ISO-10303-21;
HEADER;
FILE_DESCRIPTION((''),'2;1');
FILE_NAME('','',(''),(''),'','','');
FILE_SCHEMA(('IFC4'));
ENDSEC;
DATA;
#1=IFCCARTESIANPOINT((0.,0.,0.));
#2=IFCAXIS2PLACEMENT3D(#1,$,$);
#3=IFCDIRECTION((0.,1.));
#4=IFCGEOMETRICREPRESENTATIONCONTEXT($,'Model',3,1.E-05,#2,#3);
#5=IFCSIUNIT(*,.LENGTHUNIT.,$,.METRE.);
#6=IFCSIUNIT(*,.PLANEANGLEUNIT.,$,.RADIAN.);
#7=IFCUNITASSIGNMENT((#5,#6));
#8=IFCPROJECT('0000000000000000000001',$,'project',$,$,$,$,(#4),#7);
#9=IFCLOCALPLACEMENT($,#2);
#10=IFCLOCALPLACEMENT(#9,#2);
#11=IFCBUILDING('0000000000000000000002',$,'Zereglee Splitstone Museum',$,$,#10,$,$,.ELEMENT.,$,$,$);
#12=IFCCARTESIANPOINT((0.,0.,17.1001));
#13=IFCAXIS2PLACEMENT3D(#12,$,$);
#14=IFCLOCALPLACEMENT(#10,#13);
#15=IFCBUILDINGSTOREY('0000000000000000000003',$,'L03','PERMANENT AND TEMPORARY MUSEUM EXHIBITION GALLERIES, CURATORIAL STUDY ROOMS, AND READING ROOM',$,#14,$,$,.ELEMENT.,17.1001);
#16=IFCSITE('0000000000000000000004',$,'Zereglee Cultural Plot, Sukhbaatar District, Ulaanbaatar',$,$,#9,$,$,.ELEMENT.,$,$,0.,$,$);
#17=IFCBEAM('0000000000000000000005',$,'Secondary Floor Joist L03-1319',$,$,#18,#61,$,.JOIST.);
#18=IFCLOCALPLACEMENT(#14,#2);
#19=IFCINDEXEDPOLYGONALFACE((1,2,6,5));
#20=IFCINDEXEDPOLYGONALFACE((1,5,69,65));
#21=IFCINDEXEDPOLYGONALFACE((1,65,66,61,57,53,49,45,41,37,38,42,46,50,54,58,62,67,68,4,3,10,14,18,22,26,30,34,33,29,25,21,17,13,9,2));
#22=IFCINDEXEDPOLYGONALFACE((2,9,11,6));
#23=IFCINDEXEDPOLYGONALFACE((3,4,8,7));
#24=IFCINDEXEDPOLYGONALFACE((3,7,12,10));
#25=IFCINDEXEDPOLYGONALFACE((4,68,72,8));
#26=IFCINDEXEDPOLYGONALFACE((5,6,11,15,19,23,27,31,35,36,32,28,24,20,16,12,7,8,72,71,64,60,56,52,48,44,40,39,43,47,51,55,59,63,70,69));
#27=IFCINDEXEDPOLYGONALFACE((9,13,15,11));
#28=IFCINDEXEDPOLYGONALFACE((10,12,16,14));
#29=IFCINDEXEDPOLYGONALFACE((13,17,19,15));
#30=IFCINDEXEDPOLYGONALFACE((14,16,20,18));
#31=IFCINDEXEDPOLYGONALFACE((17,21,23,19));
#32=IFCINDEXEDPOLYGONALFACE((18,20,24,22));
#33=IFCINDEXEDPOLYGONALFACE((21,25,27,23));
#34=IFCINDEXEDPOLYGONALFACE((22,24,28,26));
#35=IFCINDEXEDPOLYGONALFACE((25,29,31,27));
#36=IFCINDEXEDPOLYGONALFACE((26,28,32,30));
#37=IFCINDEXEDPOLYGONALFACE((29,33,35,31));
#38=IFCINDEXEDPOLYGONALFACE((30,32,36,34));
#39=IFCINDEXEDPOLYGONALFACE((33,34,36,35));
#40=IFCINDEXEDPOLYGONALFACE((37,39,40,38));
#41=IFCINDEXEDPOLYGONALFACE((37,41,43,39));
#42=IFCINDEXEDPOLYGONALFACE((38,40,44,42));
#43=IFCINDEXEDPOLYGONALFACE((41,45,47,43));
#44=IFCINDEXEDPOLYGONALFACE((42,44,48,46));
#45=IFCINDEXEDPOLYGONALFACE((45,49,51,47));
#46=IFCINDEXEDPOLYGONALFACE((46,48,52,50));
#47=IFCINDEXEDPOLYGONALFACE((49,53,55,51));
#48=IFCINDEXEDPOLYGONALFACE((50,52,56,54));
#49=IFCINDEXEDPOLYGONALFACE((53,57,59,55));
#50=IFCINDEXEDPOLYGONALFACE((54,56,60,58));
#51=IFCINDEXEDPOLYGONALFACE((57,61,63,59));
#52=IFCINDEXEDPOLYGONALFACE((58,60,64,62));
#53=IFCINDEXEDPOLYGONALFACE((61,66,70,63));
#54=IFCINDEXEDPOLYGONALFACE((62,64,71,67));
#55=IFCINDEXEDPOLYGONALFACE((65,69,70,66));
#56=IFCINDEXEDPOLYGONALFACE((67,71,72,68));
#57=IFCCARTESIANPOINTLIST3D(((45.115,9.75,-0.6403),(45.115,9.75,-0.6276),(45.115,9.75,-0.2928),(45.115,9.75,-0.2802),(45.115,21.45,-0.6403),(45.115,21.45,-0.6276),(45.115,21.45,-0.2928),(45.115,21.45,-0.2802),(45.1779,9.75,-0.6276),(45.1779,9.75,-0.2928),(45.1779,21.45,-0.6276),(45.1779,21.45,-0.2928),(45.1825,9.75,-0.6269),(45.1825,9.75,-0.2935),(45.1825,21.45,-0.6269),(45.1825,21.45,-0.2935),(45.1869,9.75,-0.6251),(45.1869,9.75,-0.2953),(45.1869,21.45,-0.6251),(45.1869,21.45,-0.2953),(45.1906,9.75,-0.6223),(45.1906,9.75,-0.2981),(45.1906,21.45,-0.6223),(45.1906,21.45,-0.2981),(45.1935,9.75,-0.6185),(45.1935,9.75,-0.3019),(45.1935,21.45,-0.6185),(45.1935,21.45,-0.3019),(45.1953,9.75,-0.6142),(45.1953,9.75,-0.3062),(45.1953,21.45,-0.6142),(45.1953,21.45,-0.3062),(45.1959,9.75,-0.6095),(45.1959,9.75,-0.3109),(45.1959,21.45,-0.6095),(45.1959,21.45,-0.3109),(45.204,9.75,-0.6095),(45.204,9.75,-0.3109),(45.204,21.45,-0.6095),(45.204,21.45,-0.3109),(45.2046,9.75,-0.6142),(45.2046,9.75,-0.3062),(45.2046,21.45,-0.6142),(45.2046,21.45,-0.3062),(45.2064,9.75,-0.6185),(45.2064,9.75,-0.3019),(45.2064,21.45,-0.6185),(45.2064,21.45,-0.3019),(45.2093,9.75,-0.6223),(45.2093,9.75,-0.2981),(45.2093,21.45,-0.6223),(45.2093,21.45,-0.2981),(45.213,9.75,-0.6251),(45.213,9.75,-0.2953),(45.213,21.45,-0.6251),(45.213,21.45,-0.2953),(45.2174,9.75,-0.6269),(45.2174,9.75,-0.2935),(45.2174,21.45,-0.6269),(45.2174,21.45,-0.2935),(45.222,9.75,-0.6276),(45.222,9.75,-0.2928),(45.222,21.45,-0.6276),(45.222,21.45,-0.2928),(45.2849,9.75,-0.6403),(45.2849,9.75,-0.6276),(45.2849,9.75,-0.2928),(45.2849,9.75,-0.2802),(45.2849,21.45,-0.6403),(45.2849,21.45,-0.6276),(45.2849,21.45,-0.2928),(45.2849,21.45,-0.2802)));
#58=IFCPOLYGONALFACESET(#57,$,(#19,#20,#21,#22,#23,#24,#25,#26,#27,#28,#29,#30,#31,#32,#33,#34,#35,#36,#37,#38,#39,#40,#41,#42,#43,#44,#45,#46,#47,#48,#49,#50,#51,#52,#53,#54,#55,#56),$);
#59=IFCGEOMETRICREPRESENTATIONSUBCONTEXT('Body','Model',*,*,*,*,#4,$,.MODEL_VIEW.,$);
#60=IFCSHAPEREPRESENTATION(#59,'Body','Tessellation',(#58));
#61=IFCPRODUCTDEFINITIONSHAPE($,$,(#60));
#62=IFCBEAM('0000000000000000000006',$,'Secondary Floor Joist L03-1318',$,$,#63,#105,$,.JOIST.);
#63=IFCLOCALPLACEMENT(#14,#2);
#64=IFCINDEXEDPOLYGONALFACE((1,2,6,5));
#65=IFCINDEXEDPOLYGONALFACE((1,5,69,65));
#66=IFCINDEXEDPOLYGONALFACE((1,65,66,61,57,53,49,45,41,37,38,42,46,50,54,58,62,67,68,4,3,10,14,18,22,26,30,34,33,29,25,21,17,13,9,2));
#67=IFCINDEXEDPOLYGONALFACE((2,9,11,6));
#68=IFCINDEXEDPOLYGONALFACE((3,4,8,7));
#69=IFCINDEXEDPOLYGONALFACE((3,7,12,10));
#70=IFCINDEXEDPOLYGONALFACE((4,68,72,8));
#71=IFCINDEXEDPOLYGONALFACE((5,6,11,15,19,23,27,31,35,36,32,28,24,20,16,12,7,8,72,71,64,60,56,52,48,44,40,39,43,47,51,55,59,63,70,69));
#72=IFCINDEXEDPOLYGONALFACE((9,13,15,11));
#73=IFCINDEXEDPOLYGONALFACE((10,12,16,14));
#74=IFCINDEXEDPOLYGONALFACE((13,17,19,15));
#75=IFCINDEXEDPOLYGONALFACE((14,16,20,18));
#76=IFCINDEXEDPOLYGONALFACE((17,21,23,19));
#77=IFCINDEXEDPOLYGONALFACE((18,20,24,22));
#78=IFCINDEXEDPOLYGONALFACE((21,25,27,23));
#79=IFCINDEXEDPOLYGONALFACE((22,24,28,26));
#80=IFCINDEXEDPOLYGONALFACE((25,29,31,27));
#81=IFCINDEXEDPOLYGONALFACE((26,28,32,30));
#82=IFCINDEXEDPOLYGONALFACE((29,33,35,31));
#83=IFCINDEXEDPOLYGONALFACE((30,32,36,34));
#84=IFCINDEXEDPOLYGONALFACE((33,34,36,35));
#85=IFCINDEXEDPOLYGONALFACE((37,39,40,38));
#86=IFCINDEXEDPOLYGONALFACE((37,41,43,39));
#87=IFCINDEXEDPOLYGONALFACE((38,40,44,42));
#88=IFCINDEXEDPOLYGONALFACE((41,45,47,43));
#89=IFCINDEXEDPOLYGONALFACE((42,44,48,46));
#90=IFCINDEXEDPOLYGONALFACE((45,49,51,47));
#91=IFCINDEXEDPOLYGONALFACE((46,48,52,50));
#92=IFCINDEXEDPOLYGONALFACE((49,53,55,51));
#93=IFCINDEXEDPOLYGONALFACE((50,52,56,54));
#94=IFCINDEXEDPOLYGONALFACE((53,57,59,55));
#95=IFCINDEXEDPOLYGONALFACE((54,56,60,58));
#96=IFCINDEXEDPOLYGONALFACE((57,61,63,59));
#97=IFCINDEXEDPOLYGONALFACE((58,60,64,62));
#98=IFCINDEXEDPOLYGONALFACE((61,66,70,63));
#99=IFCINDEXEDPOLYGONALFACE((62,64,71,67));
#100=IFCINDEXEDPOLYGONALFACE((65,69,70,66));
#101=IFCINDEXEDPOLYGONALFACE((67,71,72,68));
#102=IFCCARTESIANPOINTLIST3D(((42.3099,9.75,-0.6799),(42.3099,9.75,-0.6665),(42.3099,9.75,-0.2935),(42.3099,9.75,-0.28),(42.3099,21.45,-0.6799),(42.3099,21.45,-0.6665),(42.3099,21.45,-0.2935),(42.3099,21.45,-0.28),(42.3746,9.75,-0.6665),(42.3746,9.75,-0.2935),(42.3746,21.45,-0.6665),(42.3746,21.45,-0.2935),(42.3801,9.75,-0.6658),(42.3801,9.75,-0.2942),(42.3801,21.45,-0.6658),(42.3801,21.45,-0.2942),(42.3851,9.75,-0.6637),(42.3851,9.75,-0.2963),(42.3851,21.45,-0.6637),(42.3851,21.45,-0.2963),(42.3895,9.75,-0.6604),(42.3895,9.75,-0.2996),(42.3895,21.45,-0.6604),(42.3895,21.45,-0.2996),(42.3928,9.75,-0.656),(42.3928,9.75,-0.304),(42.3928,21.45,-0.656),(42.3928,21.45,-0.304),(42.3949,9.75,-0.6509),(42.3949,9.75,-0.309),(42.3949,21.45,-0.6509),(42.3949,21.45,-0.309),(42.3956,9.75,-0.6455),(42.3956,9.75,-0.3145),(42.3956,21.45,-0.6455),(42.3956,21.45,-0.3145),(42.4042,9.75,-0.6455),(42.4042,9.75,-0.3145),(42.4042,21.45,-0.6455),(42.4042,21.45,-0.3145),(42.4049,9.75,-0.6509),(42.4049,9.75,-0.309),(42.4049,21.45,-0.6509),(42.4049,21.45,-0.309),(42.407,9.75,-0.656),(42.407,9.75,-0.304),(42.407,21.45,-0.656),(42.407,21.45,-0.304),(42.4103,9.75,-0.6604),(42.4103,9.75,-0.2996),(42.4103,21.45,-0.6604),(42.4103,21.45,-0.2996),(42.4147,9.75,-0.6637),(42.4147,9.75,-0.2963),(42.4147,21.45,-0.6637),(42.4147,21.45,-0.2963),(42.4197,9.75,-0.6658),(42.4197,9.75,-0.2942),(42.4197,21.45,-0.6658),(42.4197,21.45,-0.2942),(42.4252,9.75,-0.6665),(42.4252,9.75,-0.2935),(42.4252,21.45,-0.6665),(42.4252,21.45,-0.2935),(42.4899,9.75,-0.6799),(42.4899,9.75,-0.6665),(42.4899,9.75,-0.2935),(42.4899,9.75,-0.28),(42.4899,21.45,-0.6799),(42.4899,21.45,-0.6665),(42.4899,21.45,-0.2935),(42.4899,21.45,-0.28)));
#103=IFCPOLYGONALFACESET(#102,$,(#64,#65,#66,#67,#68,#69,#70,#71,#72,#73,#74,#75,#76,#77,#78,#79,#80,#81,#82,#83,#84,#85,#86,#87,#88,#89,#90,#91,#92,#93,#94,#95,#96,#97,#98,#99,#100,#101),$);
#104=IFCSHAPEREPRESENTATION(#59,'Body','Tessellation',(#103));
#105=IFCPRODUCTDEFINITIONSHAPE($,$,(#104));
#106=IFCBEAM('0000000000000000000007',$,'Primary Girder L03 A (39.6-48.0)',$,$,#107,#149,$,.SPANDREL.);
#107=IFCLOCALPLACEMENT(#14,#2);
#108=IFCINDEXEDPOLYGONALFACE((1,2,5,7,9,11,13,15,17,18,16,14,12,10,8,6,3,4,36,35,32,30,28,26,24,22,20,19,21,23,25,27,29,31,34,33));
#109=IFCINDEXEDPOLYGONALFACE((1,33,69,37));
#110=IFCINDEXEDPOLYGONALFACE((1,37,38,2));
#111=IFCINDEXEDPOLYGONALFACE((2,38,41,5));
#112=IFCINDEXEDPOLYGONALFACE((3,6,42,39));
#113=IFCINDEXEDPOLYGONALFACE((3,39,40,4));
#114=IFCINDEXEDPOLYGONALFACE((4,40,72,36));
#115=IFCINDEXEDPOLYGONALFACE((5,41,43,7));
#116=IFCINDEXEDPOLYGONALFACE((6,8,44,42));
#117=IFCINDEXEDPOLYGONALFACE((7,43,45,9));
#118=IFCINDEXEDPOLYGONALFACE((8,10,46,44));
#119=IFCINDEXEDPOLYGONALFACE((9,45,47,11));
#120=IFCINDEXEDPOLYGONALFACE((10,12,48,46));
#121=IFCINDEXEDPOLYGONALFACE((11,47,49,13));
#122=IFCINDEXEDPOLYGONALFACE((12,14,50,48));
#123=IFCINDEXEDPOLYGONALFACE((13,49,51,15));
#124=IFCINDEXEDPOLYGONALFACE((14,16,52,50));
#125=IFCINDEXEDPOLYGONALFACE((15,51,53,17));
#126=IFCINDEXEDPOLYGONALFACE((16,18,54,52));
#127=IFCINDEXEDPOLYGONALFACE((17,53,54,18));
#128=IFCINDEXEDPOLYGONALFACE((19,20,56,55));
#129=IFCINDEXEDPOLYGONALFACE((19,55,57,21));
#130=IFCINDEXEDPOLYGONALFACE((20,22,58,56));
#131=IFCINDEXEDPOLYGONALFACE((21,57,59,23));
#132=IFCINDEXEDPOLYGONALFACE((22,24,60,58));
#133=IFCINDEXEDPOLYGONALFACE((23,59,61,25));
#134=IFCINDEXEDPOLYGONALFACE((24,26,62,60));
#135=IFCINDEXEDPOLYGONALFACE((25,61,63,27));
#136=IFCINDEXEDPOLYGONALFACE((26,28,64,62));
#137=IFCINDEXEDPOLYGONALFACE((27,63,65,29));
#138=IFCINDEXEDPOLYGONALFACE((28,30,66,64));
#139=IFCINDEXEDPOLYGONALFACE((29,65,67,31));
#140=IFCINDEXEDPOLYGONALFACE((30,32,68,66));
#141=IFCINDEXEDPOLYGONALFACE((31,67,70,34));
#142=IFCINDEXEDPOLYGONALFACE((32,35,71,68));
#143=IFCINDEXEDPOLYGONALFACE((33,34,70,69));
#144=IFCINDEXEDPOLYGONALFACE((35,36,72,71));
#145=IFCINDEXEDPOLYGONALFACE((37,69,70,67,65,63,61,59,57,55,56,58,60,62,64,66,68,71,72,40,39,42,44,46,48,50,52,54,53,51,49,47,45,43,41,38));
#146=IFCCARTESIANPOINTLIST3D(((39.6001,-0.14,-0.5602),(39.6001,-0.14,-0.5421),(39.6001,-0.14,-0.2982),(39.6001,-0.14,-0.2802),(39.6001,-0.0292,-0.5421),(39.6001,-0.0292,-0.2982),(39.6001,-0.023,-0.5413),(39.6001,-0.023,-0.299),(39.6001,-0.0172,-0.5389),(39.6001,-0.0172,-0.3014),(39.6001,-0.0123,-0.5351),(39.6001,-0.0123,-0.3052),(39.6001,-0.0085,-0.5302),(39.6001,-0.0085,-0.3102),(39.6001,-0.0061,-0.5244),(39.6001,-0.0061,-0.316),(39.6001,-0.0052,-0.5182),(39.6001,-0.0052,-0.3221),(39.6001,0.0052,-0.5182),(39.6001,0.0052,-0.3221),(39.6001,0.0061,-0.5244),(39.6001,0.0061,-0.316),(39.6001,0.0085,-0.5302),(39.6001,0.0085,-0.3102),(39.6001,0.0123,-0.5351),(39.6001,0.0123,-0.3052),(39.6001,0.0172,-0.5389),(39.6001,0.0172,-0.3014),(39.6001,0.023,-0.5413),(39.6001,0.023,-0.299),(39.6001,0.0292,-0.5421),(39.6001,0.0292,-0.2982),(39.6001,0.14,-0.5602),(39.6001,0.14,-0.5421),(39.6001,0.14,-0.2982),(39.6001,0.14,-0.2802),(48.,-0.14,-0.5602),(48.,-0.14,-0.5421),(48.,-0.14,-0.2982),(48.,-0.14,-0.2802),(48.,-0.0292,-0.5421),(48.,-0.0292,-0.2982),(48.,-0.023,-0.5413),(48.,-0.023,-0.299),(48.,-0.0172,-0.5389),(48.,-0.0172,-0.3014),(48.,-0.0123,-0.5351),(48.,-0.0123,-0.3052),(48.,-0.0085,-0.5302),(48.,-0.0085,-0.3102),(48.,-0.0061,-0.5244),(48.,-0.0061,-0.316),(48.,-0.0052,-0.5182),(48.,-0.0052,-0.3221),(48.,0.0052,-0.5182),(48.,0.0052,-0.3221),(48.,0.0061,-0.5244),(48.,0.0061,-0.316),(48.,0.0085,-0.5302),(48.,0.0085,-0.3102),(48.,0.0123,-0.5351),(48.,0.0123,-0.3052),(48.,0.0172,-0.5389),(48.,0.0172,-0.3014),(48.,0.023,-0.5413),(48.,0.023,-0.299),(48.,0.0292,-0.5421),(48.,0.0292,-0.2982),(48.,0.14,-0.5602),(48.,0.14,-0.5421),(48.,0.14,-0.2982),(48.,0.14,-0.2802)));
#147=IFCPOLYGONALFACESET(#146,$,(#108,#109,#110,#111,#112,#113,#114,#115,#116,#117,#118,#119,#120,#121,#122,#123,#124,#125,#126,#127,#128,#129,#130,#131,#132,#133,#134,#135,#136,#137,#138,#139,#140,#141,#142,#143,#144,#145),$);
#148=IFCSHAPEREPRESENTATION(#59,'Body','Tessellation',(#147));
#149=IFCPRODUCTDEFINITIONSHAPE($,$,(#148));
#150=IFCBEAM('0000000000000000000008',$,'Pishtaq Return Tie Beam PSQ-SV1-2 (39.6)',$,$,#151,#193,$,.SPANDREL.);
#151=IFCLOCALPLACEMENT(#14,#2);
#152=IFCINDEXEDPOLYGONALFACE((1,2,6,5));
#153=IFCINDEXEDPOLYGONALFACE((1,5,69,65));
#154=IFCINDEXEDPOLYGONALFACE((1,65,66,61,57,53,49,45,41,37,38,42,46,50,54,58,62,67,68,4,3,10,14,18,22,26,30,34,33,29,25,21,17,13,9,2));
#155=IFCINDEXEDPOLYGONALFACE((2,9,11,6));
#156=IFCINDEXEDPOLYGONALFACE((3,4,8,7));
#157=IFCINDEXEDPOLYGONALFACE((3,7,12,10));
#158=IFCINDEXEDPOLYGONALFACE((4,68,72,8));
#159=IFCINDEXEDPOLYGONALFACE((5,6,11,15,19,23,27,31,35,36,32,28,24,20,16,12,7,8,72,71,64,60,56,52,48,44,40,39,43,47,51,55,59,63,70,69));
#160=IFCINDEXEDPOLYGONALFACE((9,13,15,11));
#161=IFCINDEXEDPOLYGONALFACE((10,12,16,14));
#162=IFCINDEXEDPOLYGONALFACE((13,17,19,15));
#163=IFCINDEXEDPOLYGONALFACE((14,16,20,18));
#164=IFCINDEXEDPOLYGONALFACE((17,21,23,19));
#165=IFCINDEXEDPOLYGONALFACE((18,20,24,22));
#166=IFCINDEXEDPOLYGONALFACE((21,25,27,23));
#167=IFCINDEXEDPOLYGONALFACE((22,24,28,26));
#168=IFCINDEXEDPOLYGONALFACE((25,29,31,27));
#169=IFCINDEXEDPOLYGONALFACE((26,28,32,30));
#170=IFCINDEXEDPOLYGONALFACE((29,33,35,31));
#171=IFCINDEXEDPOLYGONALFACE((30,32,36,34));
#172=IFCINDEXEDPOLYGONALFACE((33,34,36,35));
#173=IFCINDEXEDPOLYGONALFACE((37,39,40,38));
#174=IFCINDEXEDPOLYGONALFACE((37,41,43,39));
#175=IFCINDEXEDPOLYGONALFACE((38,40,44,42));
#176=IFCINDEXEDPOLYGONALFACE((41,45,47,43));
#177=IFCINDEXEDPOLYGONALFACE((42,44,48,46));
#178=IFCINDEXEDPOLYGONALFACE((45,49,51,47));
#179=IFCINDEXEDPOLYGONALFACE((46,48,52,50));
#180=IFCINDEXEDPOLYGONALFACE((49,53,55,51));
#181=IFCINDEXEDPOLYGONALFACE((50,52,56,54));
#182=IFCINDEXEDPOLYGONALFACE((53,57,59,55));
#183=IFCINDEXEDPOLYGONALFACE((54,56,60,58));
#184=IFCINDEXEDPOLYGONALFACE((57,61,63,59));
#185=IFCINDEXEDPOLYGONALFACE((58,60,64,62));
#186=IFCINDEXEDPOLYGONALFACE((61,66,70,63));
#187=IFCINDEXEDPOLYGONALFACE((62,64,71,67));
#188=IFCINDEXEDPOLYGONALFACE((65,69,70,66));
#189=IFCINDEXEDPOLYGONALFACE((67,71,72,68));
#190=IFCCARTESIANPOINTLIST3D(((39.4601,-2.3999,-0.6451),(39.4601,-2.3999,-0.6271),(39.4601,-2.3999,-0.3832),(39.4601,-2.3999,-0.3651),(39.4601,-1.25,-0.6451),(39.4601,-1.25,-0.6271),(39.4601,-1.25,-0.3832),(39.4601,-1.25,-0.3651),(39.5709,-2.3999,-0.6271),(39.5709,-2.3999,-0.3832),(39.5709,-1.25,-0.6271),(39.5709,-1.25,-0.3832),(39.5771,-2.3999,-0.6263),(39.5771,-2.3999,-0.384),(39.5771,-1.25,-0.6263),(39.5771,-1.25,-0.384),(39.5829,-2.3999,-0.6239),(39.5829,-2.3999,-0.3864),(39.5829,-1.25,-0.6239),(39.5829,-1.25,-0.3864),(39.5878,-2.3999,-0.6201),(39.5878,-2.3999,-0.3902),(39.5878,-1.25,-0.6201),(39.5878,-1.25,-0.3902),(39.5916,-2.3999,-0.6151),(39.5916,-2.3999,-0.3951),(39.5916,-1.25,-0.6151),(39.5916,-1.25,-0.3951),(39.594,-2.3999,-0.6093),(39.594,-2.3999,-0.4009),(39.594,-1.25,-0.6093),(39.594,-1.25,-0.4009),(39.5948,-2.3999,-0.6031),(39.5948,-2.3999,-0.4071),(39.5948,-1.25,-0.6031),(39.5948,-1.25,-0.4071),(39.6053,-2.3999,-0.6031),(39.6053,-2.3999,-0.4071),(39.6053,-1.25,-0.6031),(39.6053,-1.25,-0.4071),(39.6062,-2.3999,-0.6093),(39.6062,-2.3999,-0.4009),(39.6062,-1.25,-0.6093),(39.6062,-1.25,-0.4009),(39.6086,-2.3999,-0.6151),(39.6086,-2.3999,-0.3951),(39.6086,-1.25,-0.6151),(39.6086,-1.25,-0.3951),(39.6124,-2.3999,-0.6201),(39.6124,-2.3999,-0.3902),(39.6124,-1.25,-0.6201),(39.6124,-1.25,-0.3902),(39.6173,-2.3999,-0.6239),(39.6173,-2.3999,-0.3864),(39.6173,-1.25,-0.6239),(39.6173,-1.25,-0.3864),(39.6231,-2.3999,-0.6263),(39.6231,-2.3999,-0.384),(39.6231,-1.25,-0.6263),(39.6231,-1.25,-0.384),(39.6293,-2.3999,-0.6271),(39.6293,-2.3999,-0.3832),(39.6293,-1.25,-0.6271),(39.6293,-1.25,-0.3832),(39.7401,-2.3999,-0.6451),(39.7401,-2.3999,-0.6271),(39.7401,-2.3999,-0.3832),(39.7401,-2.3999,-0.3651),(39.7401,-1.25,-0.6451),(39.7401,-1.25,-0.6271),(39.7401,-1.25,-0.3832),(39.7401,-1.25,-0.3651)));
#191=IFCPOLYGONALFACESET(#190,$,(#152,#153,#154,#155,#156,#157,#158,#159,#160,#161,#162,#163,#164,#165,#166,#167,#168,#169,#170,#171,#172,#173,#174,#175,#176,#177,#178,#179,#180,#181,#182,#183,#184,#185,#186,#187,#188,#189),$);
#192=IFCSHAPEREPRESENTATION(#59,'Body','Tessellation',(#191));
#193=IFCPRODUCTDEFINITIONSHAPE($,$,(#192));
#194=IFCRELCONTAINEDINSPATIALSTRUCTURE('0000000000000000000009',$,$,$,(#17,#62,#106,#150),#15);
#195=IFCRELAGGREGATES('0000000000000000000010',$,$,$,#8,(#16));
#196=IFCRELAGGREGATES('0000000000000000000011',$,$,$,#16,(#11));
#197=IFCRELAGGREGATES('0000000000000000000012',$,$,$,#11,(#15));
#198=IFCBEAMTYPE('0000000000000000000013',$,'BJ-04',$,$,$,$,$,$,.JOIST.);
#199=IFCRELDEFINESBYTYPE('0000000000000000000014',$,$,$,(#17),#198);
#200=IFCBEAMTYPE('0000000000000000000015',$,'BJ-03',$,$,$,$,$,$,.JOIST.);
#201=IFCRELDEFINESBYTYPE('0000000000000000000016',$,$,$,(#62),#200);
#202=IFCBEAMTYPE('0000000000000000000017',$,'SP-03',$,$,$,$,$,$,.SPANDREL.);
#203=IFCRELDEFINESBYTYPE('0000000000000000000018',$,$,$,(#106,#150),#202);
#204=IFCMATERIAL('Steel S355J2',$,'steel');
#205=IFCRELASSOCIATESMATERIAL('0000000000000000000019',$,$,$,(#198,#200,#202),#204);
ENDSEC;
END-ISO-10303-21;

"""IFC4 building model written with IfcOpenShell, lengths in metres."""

from ifc_helpers import new_model, si_unit, direction, frame, origin, origin_2d, place, context, subcontext, project, spatial, i_section, extrude, material, material_profile, profile_set, type_object, element, save


model = new_model("IFC4")

# Units and contexts
model_context = context("Model", 3, precision=1e-05, world=origin(), true_north=direction((0.0, 1.0)))
body_context = subcontext(model_context, "Body", "Model", "MODEL_VIEW")
ifc_project = project(units=[si_unit("LENGTHUNIT", "METRE"), si_unit("PLANEANGLEUNIT", "RADIAN")], contexts=[model_context])

# Site, building, storey
site_placement = place(None, origin())
site = spatial("IfcSite", under=ifc_project, at=site_placement, Name="Zereglee Cultural Plot, Sukhbaatar District, Ulaanbaatar", CompositionType="ELEMENT", RefElevation=0.0)
building_placement = place(site_placement, origin())
building = spatial("IfcBuilding", under=site, at=building_placement, Name="Zereglee Splitstone Museum", CompositionType="ELEMENT")
storey_placement = place(building_placement, frame((0.0, 0.0, 17.1001)))
storey = spatial("IfcBuildingStorey", under=building, at=storey_placement, Name="L03", Description="PERMANENT AND TEMPORARY MUSEUM EXHIBITION GALLERIES, CURATORIAL STUDY ROOMS, AND READING ROOM", CompositionType="ELEMENT", Elevation=17.1001)

# Shared definitions
ifc_material_1 = material(Name="Steel S355J2", Category="steel")

# Beams
ifc_material_profile_1 = material_profile(ifc_material_1, i_section(OverallWidth=0.1699, OverallDepth=0.3601, WebThickness=0.0081, FlangeThickness=0.0127, FilletRadius=0.0181, at=origin_2d()), Name="IPE 360")
ifc_profile_set_1 = profile_set([ifc_material_profile_1], Name="Steel S355J2")
beam_type_1 = type_object("IfcBeamType", Name="BJ-04", PredefinedType="JOIST", material=ifc_profile_set_1)
beam_1_placement = place(storey_placement, frame((45.2, 9.75, -0.4602), z_axis=(0.0, 1.0, 0.0), x_axis=(-1.0, 0.0, 0.0)))
element("IfcBeam", 1, at=beam_1_placement, inside=storey, type_object=beam_type_1, Name="Secondary Floor Joist L03-1319", PredefinedType="JOIST", context=body_context, shape_type="SweptSolid", body=[
    extrude(i_section(OverallWidth=0.1699, OverallDepth=0.3601, WebThickness=0.0081, FlangeThickness=0.0127, FilletRadius=0.0181, at=origin_2d()), origin(), (0.0, 0.0, 1.0), 11.7),
])
ifc_material_profile_2 = material_profile(ifc_material_1, i_section(OverallWidth=0.1799, OverallDepth=0.3999, WebThickness=0.0085, FlangeThickness=0.0134, FilletRadius=0.021, at=origin_2d()), Name="IPE 400")
ifc_profile_set_2 = profile_set([ifc_material_profile_2], Name="Steel S355J2")
beam_type_2 = type_object("IfcBeamType", Name="BJ-03", PredefinedType="JOIST", material=ifc_profile_set_2)
beam_2_placement = place(storey_placement, frame((42.3999, 9.75, -0.48), z_axis=(0.0, 1.0, 0.0), x_axis=(-1.0, 0.0, 0.0)))
element("IfcBeam", 2, at=beam_2_placement, inside=storey, type_object=beam_type_2, Name="Secondary Floor Joist L03-1318", PredefinedType="JOIST", context=body_context, shape_type="SweptSolid", body=[
    extrude(i_section(OverallWidth=0.1799, OverallDepth=0.3999, WebThickness=0.0085, FlangeThickness=0.0134, FilletRadius=0.021, at=origin_2d()), origin(), (0.0, 0.0, 1.0), 11.7),
])
ifc_material_profile_3 = material_profile(ifc_material_1, i_section(OverallWidth=0.28, OverallDepth=0.28, WebThickness=0.0105, FlangeThickness=0.0181, FilletRadius=0.0239, at=origin_2d()), Name="HE 280 B")
ifc_profile_set_3 = profile_set([ifc_material_profile_3], Name="Steel S355J2")
beam_type_3 = type_object("IfcBeamType", Name="SP-03", PredefinedType="SPANDREL", material=ifc_profile_set_3)
beam_3_placement = place(storey_placement, frame((39.6001, 0.0, -0.4202), z_axis=(1.0, 0.0, 0.0), x_axis=(0.0, 1.0, 0.0)))
element("IfcBeam", 3, at=beam_3_placement, inside=storey, type_object=beam_type_3, Name="Primary Girder L03 A (39.6-48.0)", PredefinedType="SPANDREL", context=body_context, shape_type="SweptSolid", body=[
    extrude(i_section(OverallWidth=0.28, OverallDepth=0.28, WebThickness=0.0105, FlangeThickness=0.0181, FilletRadius=0.0239, at=origin_2d()), origin(), (0.0, 0.0, 1.0), 8.3999),
])
beam_4_placement = place(storey_placement, frame((39.6001, -2.3999, -0.5051), z_axis=(0.0, 1.0, 0.0), x_axis=(-1.0, 0.0, 0.0)))
element("IfcBeam", 4, at=beam_4_placement, inside=storey, type_object=beam_type_3, Name="Pishtaq Return Tie Beam PSQ-SV1-2 (39.6)", PredefinedType="SPANDREL", context=body_context, shape_type="SweptSolid", body=[
    extrude(i_section(OverallWidth=0.28, OverallDepth=0.28, WebThickness=0.0105, FlangeThickness=0.0181, FilletRadius=0.0239, at=origin_2d()), origin(), (0.0, 0.0, 1.0), 1.1499),
])

save(model, "model.ifc")
